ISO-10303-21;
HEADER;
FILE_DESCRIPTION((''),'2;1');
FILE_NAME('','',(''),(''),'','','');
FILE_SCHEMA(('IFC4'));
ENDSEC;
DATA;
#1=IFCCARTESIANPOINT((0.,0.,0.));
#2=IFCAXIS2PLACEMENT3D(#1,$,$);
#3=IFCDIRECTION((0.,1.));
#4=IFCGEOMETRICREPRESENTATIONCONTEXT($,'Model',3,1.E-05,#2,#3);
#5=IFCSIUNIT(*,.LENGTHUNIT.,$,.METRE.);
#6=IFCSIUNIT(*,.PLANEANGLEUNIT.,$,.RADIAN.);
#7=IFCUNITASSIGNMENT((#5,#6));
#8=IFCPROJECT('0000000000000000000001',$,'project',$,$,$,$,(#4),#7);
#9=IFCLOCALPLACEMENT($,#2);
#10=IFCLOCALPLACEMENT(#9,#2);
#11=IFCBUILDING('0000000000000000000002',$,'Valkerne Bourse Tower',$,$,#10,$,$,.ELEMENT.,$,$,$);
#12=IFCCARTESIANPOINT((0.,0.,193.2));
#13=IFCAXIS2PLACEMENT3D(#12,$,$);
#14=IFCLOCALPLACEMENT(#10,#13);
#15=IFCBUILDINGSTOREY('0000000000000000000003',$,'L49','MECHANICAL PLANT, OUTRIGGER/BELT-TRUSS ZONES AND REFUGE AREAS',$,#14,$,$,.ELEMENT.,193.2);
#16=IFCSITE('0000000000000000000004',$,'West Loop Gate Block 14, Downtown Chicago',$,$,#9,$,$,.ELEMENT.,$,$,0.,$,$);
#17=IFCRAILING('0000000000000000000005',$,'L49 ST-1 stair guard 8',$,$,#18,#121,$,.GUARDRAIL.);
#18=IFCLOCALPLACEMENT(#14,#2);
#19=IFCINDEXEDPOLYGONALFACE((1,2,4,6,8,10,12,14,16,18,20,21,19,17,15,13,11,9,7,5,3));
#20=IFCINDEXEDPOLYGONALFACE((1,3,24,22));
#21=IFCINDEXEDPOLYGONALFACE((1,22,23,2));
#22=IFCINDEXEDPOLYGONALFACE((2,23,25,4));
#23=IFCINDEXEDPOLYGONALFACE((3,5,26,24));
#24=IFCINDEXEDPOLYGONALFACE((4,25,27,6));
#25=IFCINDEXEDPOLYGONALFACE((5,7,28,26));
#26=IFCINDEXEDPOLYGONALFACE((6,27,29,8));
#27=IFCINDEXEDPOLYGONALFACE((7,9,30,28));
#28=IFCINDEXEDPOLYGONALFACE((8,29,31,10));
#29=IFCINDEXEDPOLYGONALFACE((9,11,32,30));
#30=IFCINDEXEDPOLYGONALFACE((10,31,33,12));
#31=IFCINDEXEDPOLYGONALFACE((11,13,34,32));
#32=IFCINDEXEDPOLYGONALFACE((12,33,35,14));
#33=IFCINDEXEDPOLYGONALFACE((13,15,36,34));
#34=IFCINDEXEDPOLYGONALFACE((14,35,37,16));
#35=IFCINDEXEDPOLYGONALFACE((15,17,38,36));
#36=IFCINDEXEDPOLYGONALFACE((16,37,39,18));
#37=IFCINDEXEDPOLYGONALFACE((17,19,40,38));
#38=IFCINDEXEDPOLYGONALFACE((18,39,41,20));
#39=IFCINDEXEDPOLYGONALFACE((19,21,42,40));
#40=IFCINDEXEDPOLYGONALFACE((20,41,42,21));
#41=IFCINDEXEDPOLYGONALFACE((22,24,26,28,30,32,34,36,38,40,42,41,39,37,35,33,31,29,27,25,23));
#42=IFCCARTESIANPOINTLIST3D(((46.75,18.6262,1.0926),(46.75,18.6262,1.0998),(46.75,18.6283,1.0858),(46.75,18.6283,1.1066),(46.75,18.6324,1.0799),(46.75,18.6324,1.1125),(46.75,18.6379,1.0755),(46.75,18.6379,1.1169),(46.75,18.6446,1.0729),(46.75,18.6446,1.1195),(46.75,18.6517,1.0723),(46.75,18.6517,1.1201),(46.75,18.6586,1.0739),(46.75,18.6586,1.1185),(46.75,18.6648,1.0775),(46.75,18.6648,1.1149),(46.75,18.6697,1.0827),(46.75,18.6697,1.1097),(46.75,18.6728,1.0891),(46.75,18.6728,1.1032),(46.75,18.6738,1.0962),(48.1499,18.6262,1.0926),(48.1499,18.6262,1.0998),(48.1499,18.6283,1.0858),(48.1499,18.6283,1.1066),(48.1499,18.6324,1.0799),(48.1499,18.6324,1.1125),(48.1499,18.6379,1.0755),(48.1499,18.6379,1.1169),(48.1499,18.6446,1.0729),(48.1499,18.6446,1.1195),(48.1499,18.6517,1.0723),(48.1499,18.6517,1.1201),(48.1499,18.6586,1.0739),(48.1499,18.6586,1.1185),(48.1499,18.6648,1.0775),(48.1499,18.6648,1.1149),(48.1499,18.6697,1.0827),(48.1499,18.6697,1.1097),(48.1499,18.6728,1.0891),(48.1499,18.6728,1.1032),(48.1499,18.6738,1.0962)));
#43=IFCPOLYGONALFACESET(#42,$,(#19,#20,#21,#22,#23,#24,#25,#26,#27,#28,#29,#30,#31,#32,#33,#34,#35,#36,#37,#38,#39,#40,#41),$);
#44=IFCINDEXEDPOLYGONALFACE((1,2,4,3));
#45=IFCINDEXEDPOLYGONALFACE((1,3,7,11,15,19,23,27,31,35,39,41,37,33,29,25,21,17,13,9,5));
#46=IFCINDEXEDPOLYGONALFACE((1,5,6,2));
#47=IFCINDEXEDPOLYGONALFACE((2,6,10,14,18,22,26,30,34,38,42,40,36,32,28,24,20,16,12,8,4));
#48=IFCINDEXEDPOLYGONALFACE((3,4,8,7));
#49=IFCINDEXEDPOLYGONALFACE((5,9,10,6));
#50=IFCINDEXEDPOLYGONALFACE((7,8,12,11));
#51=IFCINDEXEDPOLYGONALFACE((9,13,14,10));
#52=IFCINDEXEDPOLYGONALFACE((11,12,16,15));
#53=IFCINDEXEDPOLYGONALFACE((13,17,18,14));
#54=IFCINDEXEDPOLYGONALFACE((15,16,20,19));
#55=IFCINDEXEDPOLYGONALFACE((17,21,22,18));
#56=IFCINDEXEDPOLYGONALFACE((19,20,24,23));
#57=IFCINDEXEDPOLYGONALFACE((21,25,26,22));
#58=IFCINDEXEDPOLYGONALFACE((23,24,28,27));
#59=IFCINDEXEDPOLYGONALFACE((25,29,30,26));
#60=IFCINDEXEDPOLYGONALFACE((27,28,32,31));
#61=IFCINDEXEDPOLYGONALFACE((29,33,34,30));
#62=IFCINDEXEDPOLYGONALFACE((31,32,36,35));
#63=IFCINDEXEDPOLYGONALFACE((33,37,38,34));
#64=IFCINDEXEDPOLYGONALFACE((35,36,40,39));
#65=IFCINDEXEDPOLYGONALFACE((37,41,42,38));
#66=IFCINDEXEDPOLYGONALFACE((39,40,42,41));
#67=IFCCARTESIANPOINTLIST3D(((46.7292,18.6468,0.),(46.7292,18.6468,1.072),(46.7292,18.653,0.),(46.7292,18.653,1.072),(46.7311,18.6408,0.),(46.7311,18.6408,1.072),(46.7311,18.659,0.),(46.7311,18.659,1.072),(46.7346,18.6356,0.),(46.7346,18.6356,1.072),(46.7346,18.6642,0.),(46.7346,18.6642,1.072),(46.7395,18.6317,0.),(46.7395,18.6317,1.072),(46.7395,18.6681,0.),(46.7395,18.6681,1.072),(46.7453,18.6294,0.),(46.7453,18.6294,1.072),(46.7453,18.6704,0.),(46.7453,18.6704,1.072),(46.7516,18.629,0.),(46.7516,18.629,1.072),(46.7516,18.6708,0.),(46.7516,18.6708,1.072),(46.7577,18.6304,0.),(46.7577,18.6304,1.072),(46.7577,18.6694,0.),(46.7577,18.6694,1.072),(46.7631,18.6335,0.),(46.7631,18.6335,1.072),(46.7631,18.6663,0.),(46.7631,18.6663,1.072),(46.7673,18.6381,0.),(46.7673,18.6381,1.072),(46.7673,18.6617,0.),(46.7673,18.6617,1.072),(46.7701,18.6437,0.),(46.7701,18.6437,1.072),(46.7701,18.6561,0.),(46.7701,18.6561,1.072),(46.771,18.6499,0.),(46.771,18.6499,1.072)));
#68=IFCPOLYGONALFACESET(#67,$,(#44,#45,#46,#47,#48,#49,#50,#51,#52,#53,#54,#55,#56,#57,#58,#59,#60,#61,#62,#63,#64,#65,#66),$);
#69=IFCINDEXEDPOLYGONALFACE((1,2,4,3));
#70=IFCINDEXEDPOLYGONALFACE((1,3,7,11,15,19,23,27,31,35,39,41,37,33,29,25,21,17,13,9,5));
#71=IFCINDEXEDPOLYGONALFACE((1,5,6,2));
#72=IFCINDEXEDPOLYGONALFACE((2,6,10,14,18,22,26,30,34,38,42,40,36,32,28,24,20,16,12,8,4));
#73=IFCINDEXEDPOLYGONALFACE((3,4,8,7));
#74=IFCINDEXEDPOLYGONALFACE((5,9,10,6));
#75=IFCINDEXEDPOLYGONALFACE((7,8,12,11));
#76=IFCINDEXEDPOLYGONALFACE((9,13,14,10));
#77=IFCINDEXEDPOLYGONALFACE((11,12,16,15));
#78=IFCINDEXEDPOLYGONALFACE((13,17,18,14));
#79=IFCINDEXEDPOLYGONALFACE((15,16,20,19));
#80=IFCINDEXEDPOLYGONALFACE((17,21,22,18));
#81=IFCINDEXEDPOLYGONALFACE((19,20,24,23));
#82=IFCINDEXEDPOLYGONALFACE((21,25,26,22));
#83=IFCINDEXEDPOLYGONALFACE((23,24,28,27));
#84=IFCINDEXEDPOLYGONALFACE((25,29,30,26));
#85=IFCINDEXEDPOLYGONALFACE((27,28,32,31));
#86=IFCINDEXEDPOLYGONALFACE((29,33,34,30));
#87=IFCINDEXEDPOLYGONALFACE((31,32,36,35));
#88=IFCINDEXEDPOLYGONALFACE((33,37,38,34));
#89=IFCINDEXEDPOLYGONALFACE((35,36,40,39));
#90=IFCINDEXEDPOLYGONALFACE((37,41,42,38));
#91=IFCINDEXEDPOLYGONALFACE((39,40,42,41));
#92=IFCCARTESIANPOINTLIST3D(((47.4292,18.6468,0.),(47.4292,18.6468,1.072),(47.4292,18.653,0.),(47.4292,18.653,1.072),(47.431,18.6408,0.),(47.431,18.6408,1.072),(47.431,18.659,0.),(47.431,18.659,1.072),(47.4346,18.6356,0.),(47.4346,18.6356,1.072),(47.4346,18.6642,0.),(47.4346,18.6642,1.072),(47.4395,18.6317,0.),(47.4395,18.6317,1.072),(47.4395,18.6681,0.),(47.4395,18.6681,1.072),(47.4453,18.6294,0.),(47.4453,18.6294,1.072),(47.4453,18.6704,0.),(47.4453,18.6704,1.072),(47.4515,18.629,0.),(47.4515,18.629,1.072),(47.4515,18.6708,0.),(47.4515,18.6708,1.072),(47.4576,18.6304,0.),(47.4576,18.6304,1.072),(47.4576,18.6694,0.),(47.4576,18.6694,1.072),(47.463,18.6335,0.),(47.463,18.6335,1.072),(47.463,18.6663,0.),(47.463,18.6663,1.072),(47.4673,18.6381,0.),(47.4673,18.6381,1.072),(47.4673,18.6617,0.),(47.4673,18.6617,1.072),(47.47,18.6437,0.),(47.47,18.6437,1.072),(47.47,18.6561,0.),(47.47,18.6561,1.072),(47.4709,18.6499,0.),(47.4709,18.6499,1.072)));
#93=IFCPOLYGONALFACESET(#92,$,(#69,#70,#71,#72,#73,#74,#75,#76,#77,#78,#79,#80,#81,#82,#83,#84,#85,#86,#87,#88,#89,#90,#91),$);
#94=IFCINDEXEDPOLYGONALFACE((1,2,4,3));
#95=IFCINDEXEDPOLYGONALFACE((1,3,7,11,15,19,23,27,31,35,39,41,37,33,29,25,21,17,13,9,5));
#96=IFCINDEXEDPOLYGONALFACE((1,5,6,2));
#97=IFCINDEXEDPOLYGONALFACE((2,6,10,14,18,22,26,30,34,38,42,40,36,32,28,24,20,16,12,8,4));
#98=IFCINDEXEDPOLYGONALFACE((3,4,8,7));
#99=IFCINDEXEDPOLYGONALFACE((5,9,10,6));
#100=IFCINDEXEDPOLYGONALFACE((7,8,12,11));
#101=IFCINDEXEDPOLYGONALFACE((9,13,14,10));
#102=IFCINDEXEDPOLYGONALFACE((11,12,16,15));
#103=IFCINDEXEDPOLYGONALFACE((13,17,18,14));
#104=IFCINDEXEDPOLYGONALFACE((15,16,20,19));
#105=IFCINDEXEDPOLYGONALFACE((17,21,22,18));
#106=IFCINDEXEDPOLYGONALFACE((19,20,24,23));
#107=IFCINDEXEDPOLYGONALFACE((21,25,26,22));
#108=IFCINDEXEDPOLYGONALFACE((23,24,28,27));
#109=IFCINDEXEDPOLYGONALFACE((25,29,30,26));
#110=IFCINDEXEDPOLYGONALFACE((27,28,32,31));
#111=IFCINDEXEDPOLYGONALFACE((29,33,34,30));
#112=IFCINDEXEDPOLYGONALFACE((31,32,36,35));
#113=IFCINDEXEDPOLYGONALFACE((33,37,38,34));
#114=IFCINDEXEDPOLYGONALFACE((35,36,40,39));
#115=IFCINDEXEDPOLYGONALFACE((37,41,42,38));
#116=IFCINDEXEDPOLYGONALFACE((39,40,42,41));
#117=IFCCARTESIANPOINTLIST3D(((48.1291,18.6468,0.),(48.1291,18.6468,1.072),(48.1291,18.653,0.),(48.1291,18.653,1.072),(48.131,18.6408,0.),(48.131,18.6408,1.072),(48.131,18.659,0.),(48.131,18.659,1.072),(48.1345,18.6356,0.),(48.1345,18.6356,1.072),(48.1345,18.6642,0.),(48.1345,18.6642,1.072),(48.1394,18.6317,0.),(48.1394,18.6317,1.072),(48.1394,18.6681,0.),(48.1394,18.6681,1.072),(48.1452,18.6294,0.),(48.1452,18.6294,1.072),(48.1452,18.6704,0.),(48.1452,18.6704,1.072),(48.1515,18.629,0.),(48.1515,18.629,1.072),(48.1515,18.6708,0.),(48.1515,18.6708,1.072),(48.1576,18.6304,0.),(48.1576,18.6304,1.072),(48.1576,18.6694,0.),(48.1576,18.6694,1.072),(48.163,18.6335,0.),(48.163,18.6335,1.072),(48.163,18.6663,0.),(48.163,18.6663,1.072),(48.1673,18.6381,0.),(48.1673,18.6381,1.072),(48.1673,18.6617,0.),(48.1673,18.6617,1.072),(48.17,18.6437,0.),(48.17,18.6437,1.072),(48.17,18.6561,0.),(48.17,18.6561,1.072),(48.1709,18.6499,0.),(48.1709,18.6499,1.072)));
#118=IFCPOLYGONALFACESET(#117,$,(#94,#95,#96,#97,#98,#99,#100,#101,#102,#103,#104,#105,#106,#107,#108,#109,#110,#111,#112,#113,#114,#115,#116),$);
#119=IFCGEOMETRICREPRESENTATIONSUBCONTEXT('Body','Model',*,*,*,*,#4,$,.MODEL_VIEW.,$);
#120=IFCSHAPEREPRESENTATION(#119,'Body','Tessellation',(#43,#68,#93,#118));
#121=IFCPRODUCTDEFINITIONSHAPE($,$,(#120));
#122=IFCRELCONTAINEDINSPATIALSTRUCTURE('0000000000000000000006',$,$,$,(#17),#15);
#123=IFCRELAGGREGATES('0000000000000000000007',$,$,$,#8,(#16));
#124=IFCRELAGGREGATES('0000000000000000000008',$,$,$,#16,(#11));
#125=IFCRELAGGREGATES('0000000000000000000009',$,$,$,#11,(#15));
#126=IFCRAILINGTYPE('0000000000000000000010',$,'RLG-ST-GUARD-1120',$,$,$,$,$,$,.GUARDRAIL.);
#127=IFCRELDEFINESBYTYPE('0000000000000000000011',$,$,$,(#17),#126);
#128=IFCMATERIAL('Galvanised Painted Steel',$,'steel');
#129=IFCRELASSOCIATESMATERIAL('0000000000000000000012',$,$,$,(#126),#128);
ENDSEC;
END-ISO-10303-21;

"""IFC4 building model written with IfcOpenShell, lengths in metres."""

from ifc_helpers import new_model, si_unit, direction, frame, origin, origin_2d, place, context, subcontext, project, spatial, circle, extrude, material, type_object, element, save


model = new_model("IFC4")

# Units and contexts
model_context = context("Model", 3, precision=1e-05, world=origin(), true_north=direction((0.0, 1.0)))
body_context = subcontext(model_context, "Body", "Model", "MODEL_VIEW")
ifc_project = project(units=[si_unit("LENGTHUNIT", "METRE"), si_unit("PLANEANGLEUNIT", "RADIAN")], contexts=[model_context])

# Site, building, storey
site_placement = place(None, origin())
site = spatial("IfcSite", under=ifc_project, at=site_placement, Name="West Loop Gate Block 14, Downtown Chicago", CompositionType="ELEMENT", RefElevation=0.0)
building_placement = place(site_placement, origin())
building = spatial("IfcBuilding", under=site, at=building_placement, Name="Valkerne Bourse Tower", CompositionType="ELEMENT")
storey_placement = place(building_placement, frame((0.0, 0.0, 193.2)))
storey = spatial("IfcBuildingStorey", under=building, at=storey_placement, Name="L49", Description="MECHANICAL PLANT, OUTRIGGER/BELT-TRUSS ZONES AND REFUGE AREAS", CompositionType="ELEMENT", Elevation=193.2)

# Railing
ifc_material_1 = material(Name="Galvanised Painted Steel", Category="steel")
railing_type_1 = type_object("IfcRailingType", Name="RLG-ST-GUARD-1120", PredefinedType="GUARDRAIL", material=ifc_material_1)
railing_1_placement = place(storey_placement, frame((46.75, 18.6499, 0.0)))
element("IfcRailing", 1, at=railing_1_placement, inside=storey, type_object=railing_type_1, Name="L49 ST-1 stair guard 8", PredefinedType="GUARDRAIL", context=body_context, shape_type="SweptSolid", body=[
    extrude(circle(Radius=0.0239, at=origin_2d()), frame((0.0, 0.0, 1.0962), z_axis=(1.0, 0.0, 0.0), x_axis=(0.0, 1.0, 0.0)), (0.0, 0.0, 1.0), 1.3999),
    extrude(circle(Radius=0.021, at=origin_2d()), origin(), (0.0, 0.0, 1.0), 1.072),
    extrude(circle(Radius=0.021, at=origin_2d()), frame((0.7, 0.0, 0.0)), (0.0, 0.0, 1.0), 1.072),
    extrude(circle(Radius=0.021, at=origin_2d()), frame((1.3999, 0.0, 0.0)), (0.0, 0.0, 1.0), 1.072),
])

save(model, "model.ifc")
